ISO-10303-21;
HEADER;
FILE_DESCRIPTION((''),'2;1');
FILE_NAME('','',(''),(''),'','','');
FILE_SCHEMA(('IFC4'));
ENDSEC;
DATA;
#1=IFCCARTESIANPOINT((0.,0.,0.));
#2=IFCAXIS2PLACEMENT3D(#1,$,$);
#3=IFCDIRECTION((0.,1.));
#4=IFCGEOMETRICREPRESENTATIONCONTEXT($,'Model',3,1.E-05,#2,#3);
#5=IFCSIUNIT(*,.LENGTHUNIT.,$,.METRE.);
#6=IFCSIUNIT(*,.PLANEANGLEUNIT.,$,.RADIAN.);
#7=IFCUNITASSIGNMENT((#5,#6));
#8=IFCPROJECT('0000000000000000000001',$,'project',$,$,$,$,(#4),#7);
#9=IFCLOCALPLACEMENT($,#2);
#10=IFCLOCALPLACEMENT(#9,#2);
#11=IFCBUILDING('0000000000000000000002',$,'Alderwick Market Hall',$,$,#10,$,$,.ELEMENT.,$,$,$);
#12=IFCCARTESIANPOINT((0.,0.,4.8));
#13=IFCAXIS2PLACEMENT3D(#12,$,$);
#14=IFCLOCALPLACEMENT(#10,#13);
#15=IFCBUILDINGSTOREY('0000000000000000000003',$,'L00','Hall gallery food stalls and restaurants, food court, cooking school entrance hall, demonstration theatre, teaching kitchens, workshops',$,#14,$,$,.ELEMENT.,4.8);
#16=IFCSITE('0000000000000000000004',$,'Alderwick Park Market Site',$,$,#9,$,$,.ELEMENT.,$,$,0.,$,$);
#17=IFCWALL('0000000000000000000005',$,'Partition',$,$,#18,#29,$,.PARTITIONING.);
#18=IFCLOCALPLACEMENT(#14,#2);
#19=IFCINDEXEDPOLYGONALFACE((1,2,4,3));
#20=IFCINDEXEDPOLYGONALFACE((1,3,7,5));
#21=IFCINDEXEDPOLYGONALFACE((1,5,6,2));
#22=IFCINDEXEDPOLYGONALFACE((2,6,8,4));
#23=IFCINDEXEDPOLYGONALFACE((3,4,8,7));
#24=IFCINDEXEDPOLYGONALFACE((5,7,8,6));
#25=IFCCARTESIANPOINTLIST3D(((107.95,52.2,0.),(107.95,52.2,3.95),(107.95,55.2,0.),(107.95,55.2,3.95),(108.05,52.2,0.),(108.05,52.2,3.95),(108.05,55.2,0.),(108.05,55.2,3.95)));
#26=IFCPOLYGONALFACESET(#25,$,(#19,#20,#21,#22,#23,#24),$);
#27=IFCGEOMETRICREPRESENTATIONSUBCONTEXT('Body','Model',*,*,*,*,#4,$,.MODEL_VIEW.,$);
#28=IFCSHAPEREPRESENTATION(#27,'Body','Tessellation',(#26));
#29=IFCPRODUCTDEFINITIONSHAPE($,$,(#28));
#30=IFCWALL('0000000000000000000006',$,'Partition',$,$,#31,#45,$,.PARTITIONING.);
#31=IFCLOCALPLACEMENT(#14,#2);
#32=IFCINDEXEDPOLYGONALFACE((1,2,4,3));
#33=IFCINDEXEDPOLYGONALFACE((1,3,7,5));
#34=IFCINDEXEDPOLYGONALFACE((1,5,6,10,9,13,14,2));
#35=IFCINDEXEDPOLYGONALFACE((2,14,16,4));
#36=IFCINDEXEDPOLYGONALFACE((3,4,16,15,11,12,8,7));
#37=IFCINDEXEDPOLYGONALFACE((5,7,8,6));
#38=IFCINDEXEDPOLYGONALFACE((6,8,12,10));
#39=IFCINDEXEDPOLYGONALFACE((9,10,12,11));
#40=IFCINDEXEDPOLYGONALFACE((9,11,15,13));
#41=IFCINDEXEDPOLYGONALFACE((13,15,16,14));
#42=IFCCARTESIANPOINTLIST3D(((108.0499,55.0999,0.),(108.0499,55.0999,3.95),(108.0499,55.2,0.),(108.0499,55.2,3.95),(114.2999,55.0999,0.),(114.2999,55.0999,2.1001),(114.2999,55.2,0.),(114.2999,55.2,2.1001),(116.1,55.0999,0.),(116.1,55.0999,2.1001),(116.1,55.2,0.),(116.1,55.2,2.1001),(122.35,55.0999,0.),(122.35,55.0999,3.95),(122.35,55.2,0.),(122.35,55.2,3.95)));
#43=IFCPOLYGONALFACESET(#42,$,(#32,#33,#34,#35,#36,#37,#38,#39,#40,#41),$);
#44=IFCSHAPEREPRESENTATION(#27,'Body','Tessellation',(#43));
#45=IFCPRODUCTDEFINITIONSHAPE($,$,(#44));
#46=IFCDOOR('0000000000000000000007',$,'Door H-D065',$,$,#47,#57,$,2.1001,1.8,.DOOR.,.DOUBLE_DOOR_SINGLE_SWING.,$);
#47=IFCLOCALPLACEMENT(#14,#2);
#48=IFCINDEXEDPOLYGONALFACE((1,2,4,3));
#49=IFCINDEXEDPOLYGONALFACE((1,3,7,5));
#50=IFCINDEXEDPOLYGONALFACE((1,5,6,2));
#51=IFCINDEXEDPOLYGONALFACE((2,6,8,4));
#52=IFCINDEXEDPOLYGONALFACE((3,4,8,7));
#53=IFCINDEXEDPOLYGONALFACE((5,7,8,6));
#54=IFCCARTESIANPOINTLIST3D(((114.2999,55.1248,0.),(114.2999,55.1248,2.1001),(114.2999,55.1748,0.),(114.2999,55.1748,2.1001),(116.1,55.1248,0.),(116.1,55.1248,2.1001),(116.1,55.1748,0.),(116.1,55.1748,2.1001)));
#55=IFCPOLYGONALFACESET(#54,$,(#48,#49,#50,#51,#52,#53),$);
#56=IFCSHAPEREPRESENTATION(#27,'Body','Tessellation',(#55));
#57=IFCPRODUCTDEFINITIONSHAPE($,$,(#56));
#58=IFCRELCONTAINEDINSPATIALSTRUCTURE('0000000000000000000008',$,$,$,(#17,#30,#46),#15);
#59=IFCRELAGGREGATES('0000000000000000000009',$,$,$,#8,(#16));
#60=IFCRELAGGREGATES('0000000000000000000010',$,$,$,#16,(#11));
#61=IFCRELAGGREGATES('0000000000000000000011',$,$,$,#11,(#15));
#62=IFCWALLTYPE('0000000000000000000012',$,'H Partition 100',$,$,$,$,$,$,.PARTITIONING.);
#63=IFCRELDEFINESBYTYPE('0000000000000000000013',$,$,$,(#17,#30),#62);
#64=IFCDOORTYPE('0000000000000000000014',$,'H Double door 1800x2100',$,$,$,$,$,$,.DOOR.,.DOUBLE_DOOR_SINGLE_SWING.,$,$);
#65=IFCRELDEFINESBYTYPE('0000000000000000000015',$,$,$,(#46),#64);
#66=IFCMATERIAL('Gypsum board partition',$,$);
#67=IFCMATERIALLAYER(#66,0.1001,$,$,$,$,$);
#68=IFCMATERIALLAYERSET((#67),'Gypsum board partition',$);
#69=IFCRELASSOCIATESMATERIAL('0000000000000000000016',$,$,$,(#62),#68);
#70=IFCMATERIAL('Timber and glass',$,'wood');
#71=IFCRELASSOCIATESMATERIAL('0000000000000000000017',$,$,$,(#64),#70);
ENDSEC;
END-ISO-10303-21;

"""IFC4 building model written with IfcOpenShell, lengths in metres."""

from ifc_helpers import new_model, si_unit, direction, frame, frame_2d, origin, place, context, subcontext, project, spatial, rectangle, extrude, material, layer, layer_set, type_object, element, fill, save


model = new_model("IFC4")

# Units and contexts
model_context = context("Model", 3, precision=1e-05, world=origin(), true_north=direction((0.0, 1.0)))
body_context = subcontext(model_context, "Body", "Model", "MODEL_VIEW")
ifc_project = project(units=[si_unit("LENGTHUNIT", "METRE"), si_unit("PLANEANGLEUNIT", "RADIAN")], contexts=[model_context])

# Site, building, storey
site_placement = place(None, origin())
site = spatial("IfcSite", under=ifc_project, at=site_placement, Name="Alderwick Park Market Site", CompositionType="ELEMENT", RefElevation=0.0)
building_placement = place(site_placement, origin())
building = spatial("IfcBuilding", under=site, at=building_placement, Name="Alderwick Market Hall", CompositionType="ELEMENT")
storey_placement = place(building_placement, frame((0.0, 0.0, 4.8)))
storey = spatial("IfcBuildingStorey", under=building, at=storey_placement, Name="L00", Description="Hall gallery food stalls and restaurants, food court, cooking school entrance hall, demonstration theatre, teaching kitchens, workshops", CompositionType="ELEMENT", Elevation=4.8)

# Wall
ifc_material_1 = material(Name="Gypsum board partition")
ifc_layer_1 = layer(ifc_material_1, 0.1001)
ifc_layer_set_1 = layer_set([ifc_layer_1], Name="Gypsum board partition")
wall_type_1 = type_object("IfcWallType", Name="H Partition 100", PredefinedType="PARTITIONING", material=ifc_layer_set_1)
wall_1_placement = place(storey_placement, frame((108.0, 52.2, 0.0), z_axis=(0.0, 0.0, 1.0), x_axis=(0.0, 1.0, 0.0)))
element("IfcWall", 1, at=wall_1_placement, inside=storey, type_object=wall_type_1, Name="Partition", PredefinedType="PARTITIONING", context=body_context, shape_type="SweptSolid", body=[
    extrude(rectangle(XDim=3.0, YDim=0.1001, at=frame_2d((1.5, 0.0))), origin(), (0.0, 0.0, 1.0), 3.95),
])

# Wall, opening, door
wall_2_placement = place(storey_placement, frame((108.05, 55.1499, 0.0), z_axis=(0.0, 0.0, 1.0), x_axis=(1.0, 0.0, 0.0)))
wall_2 = element("IfcWall", 2, at=wall_2_placement, inside=storey, type_object=wall_type_1, Name="Partition", PredefinedType="PARTITIONING", context=body_context, shape_type="SweptSolid", body=[
    extrude(rectangle(XDim=14.3, YDim=0.1001, at=frame_2d((7.1499, 0.0))), origin(), (0.0, 0.0, 1.0), 3.95),
])
opening_1_placement = place(wall_2_placement, frame((6.25, 0.0, 0.0)))
opening_1 = element("IfcOpeningElement", 3, at=opening_1_placement, cuts=wall_2, PredefinedType="OPENING", context=body_context, shape_type="SweptSolid", body=[
    extrude(rectangle(XDim=1.8, YDim=2.1001, at=frame_2d((0.8999, 1.05))), frame((0.0, 0.0601, 0.0), z_axis=(0.0, -1.0, 0.0), x_axis=(1.0, 0.0, 0.0)), (0.0, 0.0, 1.0), 0.1201),
])
ifc_material_2 = material(Name="Timber and glass", Category="wood")
door_type = type_object("IfcDoorType", Name="H Double door 1800x2100", OperationType="DOUBLE_DOOR_SINGLE_SWING", PredefinedType="DOOR", material=ifc_material_2)
door_placement = place(opening_1_placement, origin())
door = element("IfcDoor", 4, at=door_placement, inside=storey, type_object=door_type, Name="Door H-D065", OperationType="DOUBLE_DOOR_SINGLE_SWING", OverallHeight=2.1001, OverallWidth=1.8, PredefinedType="DOOR", context=body_context, shape_type="SweptSolid", body=[
    extrude(rectangle(XDim=1.8, YDim=2.1001, at=frame_2d((0.8999, 1.05))), frame((0.0, 0.0249, 0.0), z_axis=(0.0, -1.0, 0.0), x_axis=(1.0, 0.0, 0.0)), (0.0, 0.0, 1.0), 0.05),
])
fill(opening_1, door)

save(model, "model.ifc")
